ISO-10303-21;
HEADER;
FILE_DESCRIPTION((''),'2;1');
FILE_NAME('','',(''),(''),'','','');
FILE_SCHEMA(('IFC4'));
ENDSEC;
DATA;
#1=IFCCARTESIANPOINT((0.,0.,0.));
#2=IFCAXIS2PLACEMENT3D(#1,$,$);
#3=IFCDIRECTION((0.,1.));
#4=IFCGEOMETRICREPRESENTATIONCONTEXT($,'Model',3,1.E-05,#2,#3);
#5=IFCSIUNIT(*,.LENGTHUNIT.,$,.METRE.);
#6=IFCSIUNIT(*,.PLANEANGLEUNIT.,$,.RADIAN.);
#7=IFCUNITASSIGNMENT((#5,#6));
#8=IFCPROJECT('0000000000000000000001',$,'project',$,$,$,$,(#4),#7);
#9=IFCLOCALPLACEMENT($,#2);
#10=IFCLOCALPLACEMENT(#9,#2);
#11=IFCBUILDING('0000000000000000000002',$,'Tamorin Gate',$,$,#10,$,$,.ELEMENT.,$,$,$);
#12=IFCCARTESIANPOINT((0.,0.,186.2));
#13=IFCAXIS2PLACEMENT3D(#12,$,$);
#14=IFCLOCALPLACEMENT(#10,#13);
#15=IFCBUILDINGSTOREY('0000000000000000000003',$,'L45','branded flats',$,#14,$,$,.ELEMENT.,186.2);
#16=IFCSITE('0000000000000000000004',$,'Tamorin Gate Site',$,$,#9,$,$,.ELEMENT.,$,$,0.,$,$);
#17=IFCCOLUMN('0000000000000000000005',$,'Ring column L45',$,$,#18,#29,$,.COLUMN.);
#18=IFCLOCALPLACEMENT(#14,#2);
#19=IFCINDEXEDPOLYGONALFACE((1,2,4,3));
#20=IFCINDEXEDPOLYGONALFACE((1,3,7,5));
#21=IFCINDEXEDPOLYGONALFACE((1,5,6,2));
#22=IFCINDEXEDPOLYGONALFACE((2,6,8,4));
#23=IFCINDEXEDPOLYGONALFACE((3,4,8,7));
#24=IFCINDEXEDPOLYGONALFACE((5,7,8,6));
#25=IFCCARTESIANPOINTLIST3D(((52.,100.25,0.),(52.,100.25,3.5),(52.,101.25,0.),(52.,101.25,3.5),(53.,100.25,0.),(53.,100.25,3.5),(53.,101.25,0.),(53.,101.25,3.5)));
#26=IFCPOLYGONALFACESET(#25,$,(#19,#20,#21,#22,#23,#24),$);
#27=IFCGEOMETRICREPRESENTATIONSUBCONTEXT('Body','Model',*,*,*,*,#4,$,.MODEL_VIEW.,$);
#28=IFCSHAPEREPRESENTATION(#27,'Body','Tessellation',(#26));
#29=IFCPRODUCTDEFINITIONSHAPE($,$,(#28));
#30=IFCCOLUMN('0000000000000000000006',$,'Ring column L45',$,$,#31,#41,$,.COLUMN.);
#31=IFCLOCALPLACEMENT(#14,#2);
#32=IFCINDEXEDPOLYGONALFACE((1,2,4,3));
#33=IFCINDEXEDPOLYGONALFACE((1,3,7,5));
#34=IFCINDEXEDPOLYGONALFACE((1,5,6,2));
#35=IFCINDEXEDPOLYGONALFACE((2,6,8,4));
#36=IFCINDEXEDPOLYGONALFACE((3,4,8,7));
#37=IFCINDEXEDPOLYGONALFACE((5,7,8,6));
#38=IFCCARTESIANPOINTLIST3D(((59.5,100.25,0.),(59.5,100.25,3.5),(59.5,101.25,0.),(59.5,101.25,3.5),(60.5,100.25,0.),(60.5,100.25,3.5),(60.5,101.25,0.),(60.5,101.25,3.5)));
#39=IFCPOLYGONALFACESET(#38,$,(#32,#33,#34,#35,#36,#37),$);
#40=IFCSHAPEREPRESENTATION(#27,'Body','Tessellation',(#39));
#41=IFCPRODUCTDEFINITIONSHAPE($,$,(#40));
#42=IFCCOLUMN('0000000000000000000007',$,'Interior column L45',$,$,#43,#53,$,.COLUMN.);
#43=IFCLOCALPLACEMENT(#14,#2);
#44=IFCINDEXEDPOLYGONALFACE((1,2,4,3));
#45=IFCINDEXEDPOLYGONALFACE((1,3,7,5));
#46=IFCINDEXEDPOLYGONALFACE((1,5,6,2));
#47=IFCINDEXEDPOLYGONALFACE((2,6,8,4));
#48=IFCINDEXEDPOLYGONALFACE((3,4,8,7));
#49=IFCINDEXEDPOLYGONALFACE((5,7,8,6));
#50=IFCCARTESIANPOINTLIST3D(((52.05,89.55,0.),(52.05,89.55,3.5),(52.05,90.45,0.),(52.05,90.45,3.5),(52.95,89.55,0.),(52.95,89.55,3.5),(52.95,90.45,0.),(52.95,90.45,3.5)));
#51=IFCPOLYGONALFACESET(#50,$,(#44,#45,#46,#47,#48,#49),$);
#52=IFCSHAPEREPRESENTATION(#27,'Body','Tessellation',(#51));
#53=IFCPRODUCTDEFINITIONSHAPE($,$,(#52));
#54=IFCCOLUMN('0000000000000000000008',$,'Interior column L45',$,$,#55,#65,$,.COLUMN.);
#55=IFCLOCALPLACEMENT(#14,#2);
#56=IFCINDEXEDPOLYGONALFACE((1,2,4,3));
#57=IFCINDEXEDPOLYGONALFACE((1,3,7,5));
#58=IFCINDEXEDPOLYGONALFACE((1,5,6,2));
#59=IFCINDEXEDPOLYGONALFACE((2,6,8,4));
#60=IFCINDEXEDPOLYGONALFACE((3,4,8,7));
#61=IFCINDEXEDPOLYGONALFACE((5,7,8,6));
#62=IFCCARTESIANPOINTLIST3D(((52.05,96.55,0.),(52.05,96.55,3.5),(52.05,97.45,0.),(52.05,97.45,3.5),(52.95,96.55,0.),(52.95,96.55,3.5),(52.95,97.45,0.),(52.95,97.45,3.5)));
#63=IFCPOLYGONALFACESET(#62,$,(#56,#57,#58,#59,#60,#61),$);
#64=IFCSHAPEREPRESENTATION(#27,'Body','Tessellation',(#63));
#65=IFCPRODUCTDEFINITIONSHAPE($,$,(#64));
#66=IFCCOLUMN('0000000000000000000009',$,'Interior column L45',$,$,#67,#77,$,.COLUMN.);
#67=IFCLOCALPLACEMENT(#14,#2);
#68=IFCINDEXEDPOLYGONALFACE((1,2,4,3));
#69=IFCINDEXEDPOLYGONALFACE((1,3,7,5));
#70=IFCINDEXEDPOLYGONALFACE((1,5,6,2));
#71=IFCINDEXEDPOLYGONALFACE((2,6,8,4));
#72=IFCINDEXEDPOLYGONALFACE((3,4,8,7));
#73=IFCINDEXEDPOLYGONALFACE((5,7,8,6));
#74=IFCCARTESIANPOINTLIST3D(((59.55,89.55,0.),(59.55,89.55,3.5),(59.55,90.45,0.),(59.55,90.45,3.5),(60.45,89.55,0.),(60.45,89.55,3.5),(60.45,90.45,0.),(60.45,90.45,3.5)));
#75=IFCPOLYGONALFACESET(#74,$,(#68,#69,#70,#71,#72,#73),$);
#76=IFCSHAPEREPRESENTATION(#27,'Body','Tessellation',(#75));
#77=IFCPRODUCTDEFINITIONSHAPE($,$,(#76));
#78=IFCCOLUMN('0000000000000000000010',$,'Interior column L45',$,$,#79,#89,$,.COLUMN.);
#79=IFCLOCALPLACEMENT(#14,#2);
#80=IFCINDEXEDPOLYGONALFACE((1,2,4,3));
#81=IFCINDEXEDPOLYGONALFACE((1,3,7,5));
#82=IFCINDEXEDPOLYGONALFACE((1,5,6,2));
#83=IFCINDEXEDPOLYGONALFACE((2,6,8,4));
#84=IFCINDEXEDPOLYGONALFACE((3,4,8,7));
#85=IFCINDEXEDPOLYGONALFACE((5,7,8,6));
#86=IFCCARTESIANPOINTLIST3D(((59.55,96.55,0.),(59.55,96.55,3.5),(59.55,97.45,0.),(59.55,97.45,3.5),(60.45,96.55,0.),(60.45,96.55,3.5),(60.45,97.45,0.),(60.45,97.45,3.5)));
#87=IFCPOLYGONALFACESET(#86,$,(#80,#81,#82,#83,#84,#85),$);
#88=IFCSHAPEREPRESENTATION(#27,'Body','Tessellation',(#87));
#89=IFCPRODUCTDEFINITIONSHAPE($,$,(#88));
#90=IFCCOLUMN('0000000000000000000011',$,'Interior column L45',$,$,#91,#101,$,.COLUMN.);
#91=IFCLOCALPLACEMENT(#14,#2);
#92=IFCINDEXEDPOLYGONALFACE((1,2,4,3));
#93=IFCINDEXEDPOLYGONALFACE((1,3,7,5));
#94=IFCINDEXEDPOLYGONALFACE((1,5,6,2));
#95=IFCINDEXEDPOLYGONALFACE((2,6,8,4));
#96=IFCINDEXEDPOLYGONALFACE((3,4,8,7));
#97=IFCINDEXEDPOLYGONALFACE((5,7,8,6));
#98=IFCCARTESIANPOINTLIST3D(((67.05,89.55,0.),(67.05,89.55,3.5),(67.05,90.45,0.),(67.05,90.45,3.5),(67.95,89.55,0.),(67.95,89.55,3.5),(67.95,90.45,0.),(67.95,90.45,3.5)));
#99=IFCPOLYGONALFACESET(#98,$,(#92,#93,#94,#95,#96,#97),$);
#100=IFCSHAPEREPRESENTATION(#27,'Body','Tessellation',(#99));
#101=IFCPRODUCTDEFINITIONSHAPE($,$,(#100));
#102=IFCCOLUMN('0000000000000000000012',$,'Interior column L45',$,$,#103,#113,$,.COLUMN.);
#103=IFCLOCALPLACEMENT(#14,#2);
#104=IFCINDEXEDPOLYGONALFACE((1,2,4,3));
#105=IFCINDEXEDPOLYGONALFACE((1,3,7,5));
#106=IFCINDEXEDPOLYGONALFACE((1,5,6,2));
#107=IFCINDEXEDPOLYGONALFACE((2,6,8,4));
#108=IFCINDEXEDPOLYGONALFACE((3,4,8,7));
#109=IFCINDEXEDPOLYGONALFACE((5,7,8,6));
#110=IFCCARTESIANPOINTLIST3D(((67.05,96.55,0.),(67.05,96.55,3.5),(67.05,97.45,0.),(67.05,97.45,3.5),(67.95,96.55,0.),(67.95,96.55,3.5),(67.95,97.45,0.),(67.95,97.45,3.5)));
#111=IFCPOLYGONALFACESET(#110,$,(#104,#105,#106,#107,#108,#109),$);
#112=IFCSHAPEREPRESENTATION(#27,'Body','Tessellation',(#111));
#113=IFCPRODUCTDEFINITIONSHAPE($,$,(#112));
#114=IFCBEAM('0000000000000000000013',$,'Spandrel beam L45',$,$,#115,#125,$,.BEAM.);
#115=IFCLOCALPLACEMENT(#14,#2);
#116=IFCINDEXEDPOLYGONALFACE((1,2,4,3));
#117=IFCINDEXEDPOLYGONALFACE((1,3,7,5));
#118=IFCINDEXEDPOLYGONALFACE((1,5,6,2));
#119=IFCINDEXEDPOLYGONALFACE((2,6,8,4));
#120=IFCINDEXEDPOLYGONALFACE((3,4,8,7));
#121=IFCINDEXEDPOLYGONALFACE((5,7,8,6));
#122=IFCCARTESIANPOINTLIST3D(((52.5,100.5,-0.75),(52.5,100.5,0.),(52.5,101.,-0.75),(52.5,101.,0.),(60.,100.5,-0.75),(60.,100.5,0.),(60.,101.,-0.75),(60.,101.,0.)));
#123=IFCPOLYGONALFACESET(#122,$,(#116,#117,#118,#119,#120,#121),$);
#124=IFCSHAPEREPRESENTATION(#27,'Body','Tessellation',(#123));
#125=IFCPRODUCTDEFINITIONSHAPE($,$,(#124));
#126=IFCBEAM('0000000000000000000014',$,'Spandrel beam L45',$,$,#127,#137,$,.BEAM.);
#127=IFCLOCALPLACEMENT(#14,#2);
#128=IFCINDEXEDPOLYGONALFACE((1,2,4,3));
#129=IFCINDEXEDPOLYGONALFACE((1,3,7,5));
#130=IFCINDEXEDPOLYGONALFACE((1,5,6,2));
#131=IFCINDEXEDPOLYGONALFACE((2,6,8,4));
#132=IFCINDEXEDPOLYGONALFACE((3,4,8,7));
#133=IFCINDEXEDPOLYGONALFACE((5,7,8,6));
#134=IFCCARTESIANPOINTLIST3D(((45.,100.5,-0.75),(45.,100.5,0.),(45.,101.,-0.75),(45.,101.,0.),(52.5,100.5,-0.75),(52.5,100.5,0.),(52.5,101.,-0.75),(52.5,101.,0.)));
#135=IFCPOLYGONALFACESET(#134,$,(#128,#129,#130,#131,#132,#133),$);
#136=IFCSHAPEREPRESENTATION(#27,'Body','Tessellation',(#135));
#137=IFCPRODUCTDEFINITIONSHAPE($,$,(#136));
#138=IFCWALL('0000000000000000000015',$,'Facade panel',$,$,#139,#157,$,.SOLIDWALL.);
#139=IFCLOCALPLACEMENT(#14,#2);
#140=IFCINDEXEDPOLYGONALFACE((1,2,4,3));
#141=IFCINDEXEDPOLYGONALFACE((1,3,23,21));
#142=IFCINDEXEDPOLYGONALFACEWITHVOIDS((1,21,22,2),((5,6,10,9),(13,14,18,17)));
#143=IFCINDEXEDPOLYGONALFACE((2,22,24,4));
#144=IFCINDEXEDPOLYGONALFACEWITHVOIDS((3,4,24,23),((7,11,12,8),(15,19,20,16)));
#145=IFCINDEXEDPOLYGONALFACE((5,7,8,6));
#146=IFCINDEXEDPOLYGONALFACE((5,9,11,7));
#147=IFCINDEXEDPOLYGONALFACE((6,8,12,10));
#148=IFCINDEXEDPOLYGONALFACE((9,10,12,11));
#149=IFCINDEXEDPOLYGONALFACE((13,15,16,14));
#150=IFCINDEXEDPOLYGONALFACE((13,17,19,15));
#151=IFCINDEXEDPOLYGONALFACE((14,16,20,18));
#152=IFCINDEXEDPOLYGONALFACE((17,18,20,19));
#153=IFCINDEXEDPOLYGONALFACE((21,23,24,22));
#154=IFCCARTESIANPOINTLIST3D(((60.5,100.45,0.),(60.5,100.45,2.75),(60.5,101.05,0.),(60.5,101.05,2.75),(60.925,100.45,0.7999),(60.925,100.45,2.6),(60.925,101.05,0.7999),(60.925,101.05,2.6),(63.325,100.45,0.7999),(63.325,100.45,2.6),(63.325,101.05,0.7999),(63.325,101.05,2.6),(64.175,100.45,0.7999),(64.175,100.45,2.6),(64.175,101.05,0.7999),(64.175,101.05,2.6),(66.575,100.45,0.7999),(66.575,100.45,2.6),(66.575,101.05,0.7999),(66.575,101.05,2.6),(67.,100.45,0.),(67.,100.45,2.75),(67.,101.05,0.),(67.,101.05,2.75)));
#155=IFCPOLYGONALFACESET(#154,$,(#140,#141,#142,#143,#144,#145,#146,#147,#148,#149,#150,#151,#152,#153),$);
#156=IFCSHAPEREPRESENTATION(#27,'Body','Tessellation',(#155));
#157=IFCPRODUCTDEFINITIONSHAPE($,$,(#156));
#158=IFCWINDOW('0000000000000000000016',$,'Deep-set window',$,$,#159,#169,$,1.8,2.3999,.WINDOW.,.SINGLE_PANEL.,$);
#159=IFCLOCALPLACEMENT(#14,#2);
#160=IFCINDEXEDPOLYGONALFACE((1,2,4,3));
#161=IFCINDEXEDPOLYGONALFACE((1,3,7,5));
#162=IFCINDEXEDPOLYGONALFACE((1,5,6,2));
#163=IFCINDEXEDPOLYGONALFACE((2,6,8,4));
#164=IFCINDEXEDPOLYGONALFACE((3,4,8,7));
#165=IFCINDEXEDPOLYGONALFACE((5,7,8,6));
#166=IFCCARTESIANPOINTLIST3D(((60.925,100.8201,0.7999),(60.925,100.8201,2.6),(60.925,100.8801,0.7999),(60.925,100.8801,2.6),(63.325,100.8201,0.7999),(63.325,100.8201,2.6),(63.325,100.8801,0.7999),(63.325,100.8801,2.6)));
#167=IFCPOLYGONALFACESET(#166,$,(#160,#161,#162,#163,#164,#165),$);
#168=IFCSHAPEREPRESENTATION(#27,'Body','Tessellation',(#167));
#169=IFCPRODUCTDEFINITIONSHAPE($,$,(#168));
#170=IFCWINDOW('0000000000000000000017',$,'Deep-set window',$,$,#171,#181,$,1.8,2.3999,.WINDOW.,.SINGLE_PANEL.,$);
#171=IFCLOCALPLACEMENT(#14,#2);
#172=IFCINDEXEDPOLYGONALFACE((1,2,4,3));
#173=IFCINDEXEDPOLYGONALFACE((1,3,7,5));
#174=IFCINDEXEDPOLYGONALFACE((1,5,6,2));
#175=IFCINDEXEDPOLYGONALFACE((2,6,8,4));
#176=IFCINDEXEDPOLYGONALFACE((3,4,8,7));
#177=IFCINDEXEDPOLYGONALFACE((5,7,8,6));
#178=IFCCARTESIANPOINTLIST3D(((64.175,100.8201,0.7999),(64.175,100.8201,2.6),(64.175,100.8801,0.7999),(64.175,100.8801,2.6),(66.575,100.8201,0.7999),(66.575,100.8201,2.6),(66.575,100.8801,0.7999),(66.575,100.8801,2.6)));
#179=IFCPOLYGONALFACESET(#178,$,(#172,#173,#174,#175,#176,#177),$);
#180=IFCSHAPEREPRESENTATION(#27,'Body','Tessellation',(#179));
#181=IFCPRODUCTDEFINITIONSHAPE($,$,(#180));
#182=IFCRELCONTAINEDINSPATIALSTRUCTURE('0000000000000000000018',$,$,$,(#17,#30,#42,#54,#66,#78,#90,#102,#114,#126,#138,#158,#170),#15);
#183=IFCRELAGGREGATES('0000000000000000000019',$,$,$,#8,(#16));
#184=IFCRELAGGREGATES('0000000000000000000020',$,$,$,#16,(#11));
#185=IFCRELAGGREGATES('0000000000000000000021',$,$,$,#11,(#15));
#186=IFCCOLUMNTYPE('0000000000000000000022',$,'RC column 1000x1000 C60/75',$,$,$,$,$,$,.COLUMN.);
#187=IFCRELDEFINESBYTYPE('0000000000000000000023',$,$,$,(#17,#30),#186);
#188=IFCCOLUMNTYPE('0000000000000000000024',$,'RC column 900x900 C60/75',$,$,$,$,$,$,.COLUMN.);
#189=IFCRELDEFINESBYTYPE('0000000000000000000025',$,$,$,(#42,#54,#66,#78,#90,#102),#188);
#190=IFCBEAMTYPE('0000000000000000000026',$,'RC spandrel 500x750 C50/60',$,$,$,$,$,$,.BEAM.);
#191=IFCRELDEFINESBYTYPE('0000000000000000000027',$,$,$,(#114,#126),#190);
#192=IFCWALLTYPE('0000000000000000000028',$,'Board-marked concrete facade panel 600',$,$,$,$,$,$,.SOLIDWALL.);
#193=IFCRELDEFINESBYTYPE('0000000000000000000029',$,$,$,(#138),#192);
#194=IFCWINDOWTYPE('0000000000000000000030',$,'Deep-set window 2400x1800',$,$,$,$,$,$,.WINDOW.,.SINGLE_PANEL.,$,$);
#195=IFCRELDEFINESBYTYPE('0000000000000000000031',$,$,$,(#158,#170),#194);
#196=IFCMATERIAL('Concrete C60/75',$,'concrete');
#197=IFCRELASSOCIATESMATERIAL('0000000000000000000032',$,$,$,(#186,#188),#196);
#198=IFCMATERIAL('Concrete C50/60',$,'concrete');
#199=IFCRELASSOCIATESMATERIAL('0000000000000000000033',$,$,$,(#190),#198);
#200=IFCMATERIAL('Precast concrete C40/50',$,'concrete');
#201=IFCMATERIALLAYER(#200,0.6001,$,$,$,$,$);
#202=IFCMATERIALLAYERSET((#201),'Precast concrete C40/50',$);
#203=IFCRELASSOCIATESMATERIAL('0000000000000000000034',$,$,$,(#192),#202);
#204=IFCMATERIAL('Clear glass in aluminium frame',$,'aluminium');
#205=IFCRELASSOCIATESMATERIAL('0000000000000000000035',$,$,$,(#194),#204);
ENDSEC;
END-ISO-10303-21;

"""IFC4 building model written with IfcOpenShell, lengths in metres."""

from ifc_helpers import new_model, si_unit, direction, frame, frame_2d, origin, origin_2d, place, context, subcontext, project, spatial, rectangle, extrude, material, layer, layer_set, material_profile, profile_set, type_object, element, fill, save


model = new_model("IFC4")

# Units and contexts
model_context = context("Model", 3, precision=1e-05, world=origin(), true_north=direction((0.0, 1.0)))
body_context = subcontext(model_context, "Body", "Model", "MODEL_VIEW")
ifc_project = project(units=[si_unit("LENGTHUNIT", "METRE"), si_unit("PLANEANGLEUNIT", "RADIAN")], contexts=[model_context])

# Site, building, storey
site_placement = place(None, origin())
site = spatial("IfcSite", under=ifc_project, at=site_placement, Name="Tamorin Gate Site", CompositionType="ELEMENT", RefElevation=0.0)
building_placement = place(site_placement, origin())
building = spatial("IfcBuilding", under=site, at=building_placement, Name="Tamorin Gate", CompositionType="ELEMENT")
storey_placement = place(building_placement, frame((0.0, 0.0, 186.2)))
storey = spatial("IfcBuildingStorey", under=building, at=storey_placement, Name="L45", Description="branded flats", CompositionType="ELEMENT", Elevation=186.2)

# Columns
ifc_material_1 = material(Name="Concrete C60/75", Category="concrete")
ifc_material_profile_1 = material_profile(ifc_material_1, rectangle(XDim=1.0, YDim=1.0, at=origin_2d()), Name="RC 1000x1000")
ifc_profile_set_1 = profile_set([ifc_material_profile_1], Name="Concrete C60/75")
column_type_1 = type_object("IfcColumnType", Name="RC column 1000x1000 C60/75", PredefinedType="COLUMN", material=ifc_profile_set_1)
for number, where, z_axis, x_axis, name in (
    (1, (52.5, 100.75, 0.0), (0.0, 0.0, 1.0), (1.0, 0.0, 0.0), "Ring column L45"),
    (2, (60.0, 100.75, 0.0), (0.0, 0.0, 1.0), (1.0, 0.0, 0.0), "Ring column L45"),
):
    element("IfcColumn", number, at=place(storey_placement, frame(where, z_axis=z_axis, x_axis=x_axis)), inside=storey, type_object=column_type_1, Name=name, PredefinedType="COLUMN", context=body_context, shape_type="SweptSolid", body=[
        extrude(rectangle(XDim=1.0, YDim=1.0, at=origin_2d()), origin(), (0.0, 0.0, 1.0), 3.5),
    ])
ifc_material_profile_2 = material_profile(ifc_material_1, rectangle(XDim=0.8999, YDim=0.8999, at=origin_2d()), Name="RC 900x900")
ifc_profile_set_2 = profile_set([ifc_material_profile_2], Name="Concrete C60/75")
column_type_2 = type_object("IfcColumnType", Name="RC column 900x900 C60/75", PredefinedType="COLUMN", material=ifc_profile_set_2)
for number, where, z_axis, x_axis, name in (
    (3, (52.5, 90.0, 0.0), (0.0, 0.0, 1.0), (1.0, 0.0, 0.0), "Interior column L45"),
    (4, (52.5, 97.0, 0.0), (0.0, 0.0, 1.0), (1.0, 0.0, 0.0), "Interior column L45"),
    (5, (60.0, 90.0, 0.0), (0.0, 0.0, 1.0), (1.0, 0.0, 0.0), "Interior column L45"),
    (6, (60.0, 97.0, 0.0), (0.0, 0.0, 1.0), (1.0, 0.0, 0.0), "Interior column L45"),
    (7, (67.5, 90.0, 0.0), (0.0, 0.0, 1.0), (1.0, 0.0, 0.0), "Interior column L45"),
    (8, (67.5, 97.0, 0.0), (0.0, 0.0, 1.0), (1.0, 0.0, 0.0), "Interior column L45"),
):
    element("IfcColumn", number, at=place(storey_placement, frame(where, z_axis=z_axis, x_axis=x_axis)), inside=storey, type_object=column_type_2, Name=name, PredefinedType="COLUMN", context=body_context, shape_type="SweptSolid", body=[
        extrude(rectangle(XDim=0.8999, YDim=0.8999, at=origin_2d()), origin(), (0.0, 0.0, 1.0), 3.5),
    ])

# Beams
ifc_material_2 = material(Name="Concrete C50/60", Category="concrete")
ifc_material_profile_3 = material_profile(ifc_material_2, rectangle(XDim=0.5, YDim=0.75, at=origin_2d()), Name="RC 500x750")
ifc_profile_set_3 = profile_set([ifc_material_profile_3], Name="Concrete C50/60")
beam_type = type_object("IfcBeamType", Name="RC spandrel 500x750 C50/60", PredefinedType="BEAM", material=ifc_profile_set_3)
for number, where, z_axis, x_axis, name in (
    (9, (60.0, 100.75, -0.375), (-1.0, 0.0, 0.0), (0.0, -1.0, 0.0), "Spandrel beam L45"),
    (10, (52.5, 100.75, -0.375), (-1.0, 0.0, 0.0), (0.0, -1.0, 0.0), "Spandrel beam L45"),
):
    element("IfcBeam", number, at=place(storey_placement, frame(where, z_axis=z_axis, x_axis=x_axis)), inside=storey, type_object=beam_type, Name=name, PredefinedType="BEAM", context=body_context, shape_type="SweptSolid", body=[
        extrude(rectangle(XDim=0.5, YDim=0.75, at=origin_2d()), origin(), (0.0, 0.0, 1.0), 7.5),
    ])

# Wall, openings, windows
ifc_material_3 = material(Name="Precast concrete C40/50", Category="concrete")
ifc_layer_1 = layer(ifc_material_3, 0.6001)
ifc_layer_set_1 = layer_set([ifc_layer_1], Name="Precast concrete C40/50")
wall_type_1 = type_object("IfcWallType", Name="Board-marked concrete facade panel 600", PredefinedType="SOLIDWALL", material=ifc_layer_set_1)
wall_1_placement = place(storey_placement, frame((67.0, 100.75, 0.0), z_axis=(0.0, 0.0, 1.0), x_axis=(-1.0, 0.0, 0.0)))
wall_1 = element("IfcWall", 11, at=wall_1_placement, inside=storey, type_object=wall_type_1, Name="Facade panel", PredefinedType="SOLIDWALL", context=body_context, shape_type="SweptSolid", body=[
    extrude(rectangle(XDim=6.5, YDim=0.6001, at=frame_2d((3.25, 0.0))), origin(), (0.0, 0.0, 1.0), 2.75),
])
opening_1_placement = place(wall_1_placement, frame((3.675, 0.0, 0.8)))
opening_1 = element("IfcOpeningElement", 12, at=opening_1_placement, cuts=wall_1, PredefinedType="OPENING", context=body_context, shape_type="SweptSolid", body=[
    extrude(rectangle(XDim=2.3999, YDim=1.8, at=frame_2d((1.2, 0.8999))), frame((0.0, 0.3101, 0.0), z_axis=(0.0, -1.0, 0.0), x_axis=(1.0, 0.0, 0.0)), (0.0, 0.0, 1.0), 0.6201),
])
opening_2_placement = place(wall_1_placement, frame((0.425, 0.0, 0.8)))
opening_2 = element("IfcOpeningElement", 13, at=opening_2_placement, cuts=wall_1, PredefinedType="OPENING", context=body_context, shape_type="SweptSolid", body=[
    extrude(rectangle(XDim=2.3999, YDim=1.8, at=frame_2d((1.2, 0.8999))), frame((0.0, 0.3101, 0.0), z_axis=(0.0, -1.0, 0.0), x_axis=(1.0, 0.0, 0.0)), (0.0, 0.0, 1.0), 0.6201),
])
ifc_material_4 = material(Name="Clear glass in aluminium frame", Category="aluminium")
window_type = type_object("IfcWindowType", Name="Deep-set window 2400x1800", PartitioningType="SINGLE_PANEL", PredefinedType="WINDOW", material=ifc_material_4)
window_1_placement = place(opening_1_placement, origin())
window_1 = element("IfcWindow", 14, at=window_1_placement, inside=storey, type_object=window_type, Name="Deep-set window", OverallHeight=1.8, OverallWidth=2.3999, PartitioningType="SINGLE_PANEL", PredefinedType="WINDOW", context=body_context, shape_type="SweptSolid", body=[
    extrude(rectangle(XDim=2.3999, YDim=1.8, at=frame_2d((1.2, 0.8999))), frame((0.0, -0.0701, 0.0), z_axis=(0.0, -1.0, 0.0), x_axis=(1.0, 0.0, 0.0)), (0.0, 0.0, 1.0), 0.0601),
])
fill(opening_1, window_1)
window_2_placement = place(opening_2_placement, origin())
window_2 = element("IfcWindow", 15, at=window_2_placement, inside=storey, type_object=window_type, Name="Deep-set window", OverallHeight=1.8, OverallWidth=2.3999, PartitioningType="SINGLE_PANEL", PredefinedType="WINDOW", context=body_context, shape_type="SweptSolid", body=[
    extrude(rectangle(XDim=2.3999, YDim=1.8, at=frame_2d((1.2, 0.8999))), frame((0.0, -0.0701, 0.0), z_axis=(0.0, -1.0, 0.0), x_axis=(1.0, 0.0, 0.0)), (0.0, 0.0, 1.0), 0.0601),
])
fill(opening_2, window_2)

save(model, "model.ifc")
